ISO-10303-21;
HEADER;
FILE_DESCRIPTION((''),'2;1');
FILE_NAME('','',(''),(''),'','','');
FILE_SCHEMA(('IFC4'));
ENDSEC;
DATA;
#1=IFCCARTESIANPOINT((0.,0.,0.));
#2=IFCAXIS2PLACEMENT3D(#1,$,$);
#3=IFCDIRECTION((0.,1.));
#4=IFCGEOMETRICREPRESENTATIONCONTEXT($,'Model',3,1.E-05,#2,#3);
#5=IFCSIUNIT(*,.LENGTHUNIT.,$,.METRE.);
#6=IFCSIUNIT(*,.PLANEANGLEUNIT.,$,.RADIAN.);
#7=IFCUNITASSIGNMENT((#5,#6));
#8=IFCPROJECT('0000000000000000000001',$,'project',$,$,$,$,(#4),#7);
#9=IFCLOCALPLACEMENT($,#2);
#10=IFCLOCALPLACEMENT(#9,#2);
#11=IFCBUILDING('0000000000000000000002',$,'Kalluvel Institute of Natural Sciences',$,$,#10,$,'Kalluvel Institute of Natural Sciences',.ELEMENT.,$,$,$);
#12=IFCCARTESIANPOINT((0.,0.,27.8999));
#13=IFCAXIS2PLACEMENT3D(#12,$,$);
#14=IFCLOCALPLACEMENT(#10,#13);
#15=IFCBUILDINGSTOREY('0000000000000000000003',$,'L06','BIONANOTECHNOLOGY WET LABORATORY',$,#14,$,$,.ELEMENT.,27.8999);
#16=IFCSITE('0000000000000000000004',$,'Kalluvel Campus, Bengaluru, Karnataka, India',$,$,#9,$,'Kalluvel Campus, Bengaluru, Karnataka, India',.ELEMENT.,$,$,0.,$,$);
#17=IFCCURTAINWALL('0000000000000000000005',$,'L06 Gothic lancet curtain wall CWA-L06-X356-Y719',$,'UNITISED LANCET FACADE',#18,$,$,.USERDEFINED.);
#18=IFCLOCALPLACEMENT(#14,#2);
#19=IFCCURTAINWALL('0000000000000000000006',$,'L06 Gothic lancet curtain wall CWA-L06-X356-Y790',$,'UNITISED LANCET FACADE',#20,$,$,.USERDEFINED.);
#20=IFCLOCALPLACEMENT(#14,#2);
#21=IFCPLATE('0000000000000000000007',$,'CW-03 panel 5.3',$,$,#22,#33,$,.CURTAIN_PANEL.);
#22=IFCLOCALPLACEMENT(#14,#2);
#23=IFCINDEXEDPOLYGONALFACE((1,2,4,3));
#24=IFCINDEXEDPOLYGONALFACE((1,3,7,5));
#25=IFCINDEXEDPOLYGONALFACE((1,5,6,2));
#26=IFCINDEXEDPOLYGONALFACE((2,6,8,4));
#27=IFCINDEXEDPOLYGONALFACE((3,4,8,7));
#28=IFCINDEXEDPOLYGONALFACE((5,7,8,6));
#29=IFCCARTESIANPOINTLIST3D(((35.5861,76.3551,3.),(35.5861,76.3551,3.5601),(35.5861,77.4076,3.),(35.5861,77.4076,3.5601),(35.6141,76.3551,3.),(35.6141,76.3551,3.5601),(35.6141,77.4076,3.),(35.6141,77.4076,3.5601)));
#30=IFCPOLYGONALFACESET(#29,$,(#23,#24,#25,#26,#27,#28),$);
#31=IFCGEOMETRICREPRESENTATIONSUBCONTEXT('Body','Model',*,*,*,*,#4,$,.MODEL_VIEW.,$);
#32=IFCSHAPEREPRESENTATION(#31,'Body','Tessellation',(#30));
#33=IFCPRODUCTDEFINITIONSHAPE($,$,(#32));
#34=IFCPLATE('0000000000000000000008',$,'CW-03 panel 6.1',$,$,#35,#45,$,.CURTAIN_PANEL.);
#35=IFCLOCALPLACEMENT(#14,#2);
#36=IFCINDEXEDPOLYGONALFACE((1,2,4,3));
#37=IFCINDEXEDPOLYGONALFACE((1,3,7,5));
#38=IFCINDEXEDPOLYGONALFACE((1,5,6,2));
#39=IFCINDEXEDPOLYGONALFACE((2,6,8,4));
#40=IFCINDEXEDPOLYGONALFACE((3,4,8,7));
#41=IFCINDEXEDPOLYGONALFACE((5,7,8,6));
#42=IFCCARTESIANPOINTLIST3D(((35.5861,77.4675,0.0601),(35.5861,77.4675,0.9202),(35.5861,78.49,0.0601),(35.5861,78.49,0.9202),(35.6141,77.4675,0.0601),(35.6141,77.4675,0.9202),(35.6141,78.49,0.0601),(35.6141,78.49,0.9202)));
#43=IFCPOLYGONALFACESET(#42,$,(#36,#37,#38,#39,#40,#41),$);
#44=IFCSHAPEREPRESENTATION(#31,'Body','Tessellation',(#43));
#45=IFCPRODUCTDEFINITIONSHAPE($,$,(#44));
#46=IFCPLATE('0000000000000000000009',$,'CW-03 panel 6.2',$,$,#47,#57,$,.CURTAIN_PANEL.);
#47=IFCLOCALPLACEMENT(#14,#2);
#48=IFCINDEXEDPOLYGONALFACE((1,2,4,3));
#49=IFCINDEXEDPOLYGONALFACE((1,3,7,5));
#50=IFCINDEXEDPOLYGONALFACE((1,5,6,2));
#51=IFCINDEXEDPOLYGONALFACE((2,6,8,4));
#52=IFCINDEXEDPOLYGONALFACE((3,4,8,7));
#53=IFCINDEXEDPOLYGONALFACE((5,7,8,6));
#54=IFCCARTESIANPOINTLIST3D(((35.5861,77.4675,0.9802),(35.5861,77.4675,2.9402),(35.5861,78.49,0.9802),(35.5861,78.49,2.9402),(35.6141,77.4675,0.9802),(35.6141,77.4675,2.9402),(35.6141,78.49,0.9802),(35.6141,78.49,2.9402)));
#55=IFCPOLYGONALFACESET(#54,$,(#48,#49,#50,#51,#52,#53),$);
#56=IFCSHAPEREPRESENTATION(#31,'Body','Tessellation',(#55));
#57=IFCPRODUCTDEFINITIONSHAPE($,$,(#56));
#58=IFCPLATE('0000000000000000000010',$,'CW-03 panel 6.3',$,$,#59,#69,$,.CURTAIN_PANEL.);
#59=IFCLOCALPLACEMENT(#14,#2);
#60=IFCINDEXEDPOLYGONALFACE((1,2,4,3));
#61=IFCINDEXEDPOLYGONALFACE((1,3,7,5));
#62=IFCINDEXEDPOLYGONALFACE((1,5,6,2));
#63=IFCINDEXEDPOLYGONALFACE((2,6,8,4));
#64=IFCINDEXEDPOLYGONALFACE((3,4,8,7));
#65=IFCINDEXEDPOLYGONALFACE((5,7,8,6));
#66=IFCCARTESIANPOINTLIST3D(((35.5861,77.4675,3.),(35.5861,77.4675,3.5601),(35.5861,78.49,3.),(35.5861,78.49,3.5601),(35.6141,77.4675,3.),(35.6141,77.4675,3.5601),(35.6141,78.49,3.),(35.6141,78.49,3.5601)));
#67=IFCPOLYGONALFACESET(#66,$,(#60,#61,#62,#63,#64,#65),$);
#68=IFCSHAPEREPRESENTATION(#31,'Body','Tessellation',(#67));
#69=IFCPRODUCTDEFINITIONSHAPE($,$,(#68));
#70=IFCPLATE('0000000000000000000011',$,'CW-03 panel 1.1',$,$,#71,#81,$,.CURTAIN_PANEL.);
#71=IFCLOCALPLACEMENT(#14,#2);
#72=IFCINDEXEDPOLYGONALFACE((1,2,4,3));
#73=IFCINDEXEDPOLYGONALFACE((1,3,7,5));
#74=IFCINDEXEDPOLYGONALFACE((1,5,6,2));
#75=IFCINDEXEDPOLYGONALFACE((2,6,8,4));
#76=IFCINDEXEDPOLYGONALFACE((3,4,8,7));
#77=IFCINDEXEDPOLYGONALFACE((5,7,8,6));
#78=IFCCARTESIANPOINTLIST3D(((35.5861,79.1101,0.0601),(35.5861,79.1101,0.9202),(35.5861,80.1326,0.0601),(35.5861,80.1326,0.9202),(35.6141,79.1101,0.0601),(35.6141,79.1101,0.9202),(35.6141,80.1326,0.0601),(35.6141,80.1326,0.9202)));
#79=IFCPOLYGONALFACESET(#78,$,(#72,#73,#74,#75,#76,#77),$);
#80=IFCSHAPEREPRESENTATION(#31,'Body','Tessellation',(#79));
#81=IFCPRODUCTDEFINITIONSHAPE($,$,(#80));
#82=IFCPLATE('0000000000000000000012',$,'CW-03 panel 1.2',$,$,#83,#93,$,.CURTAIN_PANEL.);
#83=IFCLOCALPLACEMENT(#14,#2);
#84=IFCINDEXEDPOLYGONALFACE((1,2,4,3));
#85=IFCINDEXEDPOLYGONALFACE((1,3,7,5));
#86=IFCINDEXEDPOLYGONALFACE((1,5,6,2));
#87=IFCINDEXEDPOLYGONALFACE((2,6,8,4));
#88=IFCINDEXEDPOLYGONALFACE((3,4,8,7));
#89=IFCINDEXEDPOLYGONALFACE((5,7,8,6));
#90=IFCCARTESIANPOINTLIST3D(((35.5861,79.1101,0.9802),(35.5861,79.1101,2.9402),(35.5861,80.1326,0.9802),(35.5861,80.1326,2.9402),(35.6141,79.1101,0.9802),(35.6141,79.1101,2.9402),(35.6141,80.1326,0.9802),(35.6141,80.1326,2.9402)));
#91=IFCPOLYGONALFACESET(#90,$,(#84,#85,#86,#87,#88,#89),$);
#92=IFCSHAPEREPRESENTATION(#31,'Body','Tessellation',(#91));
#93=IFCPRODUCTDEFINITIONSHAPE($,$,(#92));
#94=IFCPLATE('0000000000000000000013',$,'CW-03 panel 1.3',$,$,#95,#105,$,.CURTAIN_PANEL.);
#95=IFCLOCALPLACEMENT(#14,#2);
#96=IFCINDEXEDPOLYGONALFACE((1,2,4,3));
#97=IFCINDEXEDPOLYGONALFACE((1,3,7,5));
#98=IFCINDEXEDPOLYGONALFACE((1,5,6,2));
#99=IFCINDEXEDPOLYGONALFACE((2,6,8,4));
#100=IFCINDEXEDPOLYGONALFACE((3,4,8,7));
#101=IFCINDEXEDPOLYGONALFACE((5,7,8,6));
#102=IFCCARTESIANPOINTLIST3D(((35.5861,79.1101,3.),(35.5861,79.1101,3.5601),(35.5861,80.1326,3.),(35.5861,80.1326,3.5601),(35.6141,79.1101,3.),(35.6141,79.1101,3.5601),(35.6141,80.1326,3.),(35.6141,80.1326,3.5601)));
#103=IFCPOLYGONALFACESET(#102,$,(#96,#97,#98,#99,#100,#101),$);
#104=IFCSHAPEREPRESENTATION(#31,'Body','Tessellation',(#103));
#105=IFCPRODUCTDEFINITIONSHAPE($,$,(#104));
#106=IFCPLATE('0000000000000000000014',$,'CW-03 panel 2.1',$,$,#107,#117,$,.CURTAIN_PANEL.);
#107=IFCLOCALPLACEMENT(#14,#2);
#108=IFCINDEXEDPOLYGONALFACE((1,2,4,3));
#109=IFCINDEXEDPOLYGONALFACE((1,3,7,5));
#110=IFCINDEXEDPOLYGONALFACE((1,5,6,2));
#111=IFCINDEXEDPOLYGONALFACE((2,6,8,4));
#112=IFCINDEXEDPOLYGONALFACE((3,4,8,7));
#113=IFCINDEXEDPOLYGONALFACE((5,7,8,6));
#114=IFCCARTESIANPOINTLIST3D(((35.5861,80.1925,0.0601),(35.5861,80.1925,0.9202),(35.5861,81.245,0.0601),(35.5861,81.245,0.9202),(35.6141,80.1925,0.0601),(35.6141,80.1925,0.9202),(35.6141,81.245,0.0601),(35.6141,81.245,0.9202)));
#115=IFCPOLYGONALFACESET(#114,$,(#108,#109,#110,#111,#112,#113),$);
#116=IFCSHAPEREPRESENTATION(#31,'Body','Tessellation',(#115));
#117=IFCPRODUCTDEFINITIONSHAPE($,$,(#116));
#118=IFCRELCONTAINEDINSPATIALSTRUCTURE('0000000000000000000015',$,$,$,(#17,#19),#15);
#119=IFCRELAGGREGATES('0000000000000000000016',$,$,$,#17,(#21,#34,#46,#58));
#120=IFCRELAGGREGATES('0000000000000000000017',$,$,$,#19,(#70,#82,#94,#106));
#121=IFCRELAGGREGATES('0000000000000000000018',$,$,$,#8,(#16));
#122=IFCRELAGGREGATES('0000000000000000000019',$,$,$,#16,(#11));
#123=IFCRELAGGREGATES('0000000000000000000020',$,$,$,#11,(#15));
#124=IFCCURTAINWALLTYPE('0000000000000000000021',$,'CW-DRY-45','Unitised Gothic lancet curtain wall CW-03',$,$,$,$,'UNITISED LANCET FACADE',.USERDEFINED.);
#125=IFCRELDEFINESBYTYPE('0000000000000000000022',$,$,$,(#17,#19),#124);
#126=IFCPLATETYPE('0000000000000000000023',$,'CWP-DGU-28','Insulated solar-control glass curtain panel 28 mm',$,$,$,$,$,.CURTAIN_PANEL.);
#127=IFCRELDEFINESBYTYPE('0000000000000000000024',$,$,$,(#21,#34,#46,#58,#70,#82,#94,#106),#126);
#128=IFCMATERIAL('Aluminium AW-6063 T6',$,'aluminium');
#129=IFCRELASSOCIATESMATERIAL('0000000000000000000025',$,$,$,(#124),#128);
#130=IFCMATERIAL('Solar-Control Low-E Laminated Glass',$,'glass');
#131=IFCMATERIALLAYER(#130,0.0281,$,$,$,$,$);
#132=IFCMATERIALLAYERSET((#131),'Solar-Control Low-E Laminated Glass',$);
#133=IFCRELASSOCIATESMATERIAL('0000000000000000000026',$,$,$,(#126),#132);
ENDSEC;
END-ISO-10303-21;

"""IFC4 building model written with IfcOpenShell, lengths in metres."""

from ifc_helpers import new_model, si_unit, direction, frame, origin, origin_2d, place, context, subcontext, project, spatial, rectangle, extrude, material, layer, layer_set, type_object, element, aggregate, save


model = new_model("IFC4")

# Units and contexts
model_context = context("Model", 3, precision=1e-05, world=origin(), true_north=direction((0.0, 1.0)))
body_context = subcontext(model_context, "Body", "Model", "MODEL_VIEW")
ifc_project = project(units=[si_unit("LENGTHUNIT", "METRE"), si_unit("PLANEANGLEUNIT", "RADIAN")], contexts=[model_context])

# Site, building, storey
site_placement = place(None, origin())
site = spatial("IfcSite", under=ifc_project, at=site_placement, Name="Kalluvel Campus, Bengaluru, Karnataka, India", LongName="Kalluvel Campus, Bengaluru, Karnataka, India", CompositionType="ELEMENT", RefElevation=0.0)
building_placement = place(site_placement, origin())
building = spatial("IfcBuilding", under=site, at=building_placement, Name="Kalluvel Institute of Natural Sciences", LongName="Kalluvel Institute of Natural Sciences", CompositionType="ELEMENT")
storey_placement = place(building_placement, frame((0.0, 0.0, 27.8999)))
storey = spatial("IfcBuildingStorey", under=building, at=storey_placement, Name="L06", Description="BIONANOTECHNOLOGY WET LABORATORY", CompositionType="ELEMENT", Elevation=27.8999)

# Curtain walls
ifc_material_1 = material(Name="Aluminium AW-6063 T6", Category="aluminium")
curtain_wall_type = type_object("IfcCurtainWallType", Name="CW-DRY-45", Description="Unitised Gothic lancet curtain wall CW-03", ElementType="UNITISED LANCET FACADE", PredefinedType="USERDEFINED", material=ifc_material_1)
curtain_wall_1_placement = place(storey_placement, origin())
curtain_wall_1 = element("IfcCurtainWall", 1, at=curtain_wall_1_placement, inside=storey, type_object=curtain_wall_type, Name="L06 Gothic lancet curtain wall CWA-L06-X356-Y719", ObjectType="UNITISED LANCET FACADE", PredefinedType="USERDEFINED")
curtain_wall_2_placement = place(storey_placement, origin())
curtain_wall_2 = element("IfcCurtainWall", 2, at=curtain_wall_2_placement, inside=storey, type_object=curtain_wall_type, Name="L06 Gothic lancet curtain wall CWA-L06-X356-Y790", ObjectType="UNITISED LANCET FACADE", PredefinedType="USERDEFINED")

# Plates
ifc_material_2 = material(Name="Solar-Control Low-E Laminated Glass", Category="glass")
ifc_layer = layer(ifc_material_2, 0.0281)
ifc_layer_set = layer_set([ifc_layer], Name="Solar-Control Low-E Laminated Glass")
plate_type = type_object("IfcPlateType", Name="CWP-DGU-28", Description="Insulated solar-control glass curtain panel 28 mm", PredefinedType="CURTAIN_PANEL", material=ifc_layer_set)
plate_1_placement = place(storey_placement, frame((35.6001, 76.8813, 3.0), z_axis=(0.0, 0.0, 1.0), x_axis=(0.0, 1.0, 0.0)))
plate_1 = element("IfcPlate", 3, at=plate_1_placement, type_object=plate_type, Name="CW-03 panel 5.3", PredefinedType="CURTAIN_PANEL", context=body_context, shape_type="SweptSolid", body=[
    extrude(rectangle(XDim=1.0525, YDim=0.0281, at=origin_2d()), origin(), (0.0, 0.0, 1.0), 0.5601),
])
plate_2_placement = place(storey_placement, frame((35.6001, 77.9788, 0.0601), z_axis=(0.0, 0.0, 1.0), x_axis=(0.0, 1.0, 0.0)))
plate_2 = element("IfcPlate", 4, at=plate_2_placement, type_object=plate_type, Name="CW-03 panel 6.1", PredefinedType="CURTAIN_PANEL", context=body_context, shape_type="SweptSolid", body=[
    extrude(rectangle(XDim=1.0225, YDim=0.0281, at=origin_2d()), origin(), (0.0, 0.0, 1.0), 0.8601),
])
plate_3_placement = place(storey_placement, frame((35.6001, 77.9788, 0.9802), z_axis=(0.0, 0.0, 1.0), x_axis=(0.0, 1.0, 0.0)))
plate_3 = element("IfcPlate", 5, at=plate_3_placement, type_object=plate_type, Name="CW-03 panel 6.2", PredefinedType="CURTAIN_PANEL", context=body_context, shape_type="SweptSolid", body=[
    extrude(rectangle(XDim=1.0225, YDim=0.0281, at=origin_2d()), origin(), (0.0, 0.0, 1.0), 1.96),
])
plate_4_placement = place(storey_placement, frame((35.6001, 77.9788, 3.0), z_axis=(0.0, 0.0, 1.0), x_axis=(0.0, 1.0, 0.0)))
plate_4 = element("IfcPlate", 6, at=plate_4_placement, type_object=plate_type, Name="CW-03 panel 6.3", PredefinedType="CURTAIN_PANEL", context=body_context, shape_type="SweptSolid", body=[
    extrude(rectangle(XDim=1.0225, YDim=0.0281, at=origin_2d()), origin(), (0.0, 0.0, 1.0), 0.5601),
])
aggregate(curtain_wall_1, [plate_1, plate_2, plate_3, plate_4])
plate_5_placement = place(storey_placement, frame((35.6001, 79.6213, 0.0601), z_axis=(0.0, 0.0, 1.0), x_axis=(0.0, 1.0, 0.0)))
plate_5 = element("IfcPlate", 7, at=plate_5_placement, type_object=plate_type, Name="CW-03 panel 1.1", PredefinedType="CURTAIN_PANEL", context=body_context, shape_type="SweptSolid", body=[
    extrude(rectangle(XDim=1.0225, YDim=0.0281, at=origin_2d()), origin(), (0.0, 0.0, 1.0), 0.8601),
])
plate_6_placement = place(storey_placement, frame((35.6001, 79.6213, 0.9802), z_axis=(0.0, 0.0, 1.0), x_axis=(0.0, 1.0, 0.0)))
plate_6 = element("IfcPlate", 8, at=plate_6_placement, type_object=plate_type, Name="CW-03 panel 1.2", PredefinedType="CURTAIN_PANEL", context=body_context, shape_type="SweptSolid", body=[
    extrude(rectangle(XDim=1.0225, YDim=0.0281, at=origin_2d()), origin(), (0.0, 0.0, 1.0), 1.96),
])
plate_7_placement = place(storey_placement, frame((35.6001, 79.6213, 3.0), z_axis=(0.0, 0.0, 1.0), x_axis=(0.0, 1.0, 0.0)))
plate_7 = element("IfcPlate", 9, at=plate_7_placement, type_object=plate_type, Name="CW-03 panel 1.3", PredefinedType="CURTAIN_PANEL", context=body_context, shape_type="SweptSolid", body=[
    extrude(rectangle(XDim=1.0225, YDim=0.0281, at=origin_2d()), origin(), (0.0, 0.0, 1.0), 0.5601),
])
plate_8_placement = place(storey_placement, frame((35.6001, 80.7188, 0.0601), z_axis=(0.0, 0.0, 1.0), x_axis=(0.0, 1.0, 0.0)))
plate_8 = element("IfcPlate", 10, at=plate_8_placement, type_object=plate_type, Name="CW-03 panel 2.1", PredefinedType="CURTAIN_PANEL", context=body_context, shape_type="SweptSolid", body=[
    extrude(rectangle(XDim=1.0525, YDim=0.0281, at=origin_2d()), origin(), (0.0, 0.0, 1.0), 0.8601),
])
aggregate(curtain_wall_2, [plate_5, plate_6, plate_7, plate_8])

save(model, "model.ifc")
